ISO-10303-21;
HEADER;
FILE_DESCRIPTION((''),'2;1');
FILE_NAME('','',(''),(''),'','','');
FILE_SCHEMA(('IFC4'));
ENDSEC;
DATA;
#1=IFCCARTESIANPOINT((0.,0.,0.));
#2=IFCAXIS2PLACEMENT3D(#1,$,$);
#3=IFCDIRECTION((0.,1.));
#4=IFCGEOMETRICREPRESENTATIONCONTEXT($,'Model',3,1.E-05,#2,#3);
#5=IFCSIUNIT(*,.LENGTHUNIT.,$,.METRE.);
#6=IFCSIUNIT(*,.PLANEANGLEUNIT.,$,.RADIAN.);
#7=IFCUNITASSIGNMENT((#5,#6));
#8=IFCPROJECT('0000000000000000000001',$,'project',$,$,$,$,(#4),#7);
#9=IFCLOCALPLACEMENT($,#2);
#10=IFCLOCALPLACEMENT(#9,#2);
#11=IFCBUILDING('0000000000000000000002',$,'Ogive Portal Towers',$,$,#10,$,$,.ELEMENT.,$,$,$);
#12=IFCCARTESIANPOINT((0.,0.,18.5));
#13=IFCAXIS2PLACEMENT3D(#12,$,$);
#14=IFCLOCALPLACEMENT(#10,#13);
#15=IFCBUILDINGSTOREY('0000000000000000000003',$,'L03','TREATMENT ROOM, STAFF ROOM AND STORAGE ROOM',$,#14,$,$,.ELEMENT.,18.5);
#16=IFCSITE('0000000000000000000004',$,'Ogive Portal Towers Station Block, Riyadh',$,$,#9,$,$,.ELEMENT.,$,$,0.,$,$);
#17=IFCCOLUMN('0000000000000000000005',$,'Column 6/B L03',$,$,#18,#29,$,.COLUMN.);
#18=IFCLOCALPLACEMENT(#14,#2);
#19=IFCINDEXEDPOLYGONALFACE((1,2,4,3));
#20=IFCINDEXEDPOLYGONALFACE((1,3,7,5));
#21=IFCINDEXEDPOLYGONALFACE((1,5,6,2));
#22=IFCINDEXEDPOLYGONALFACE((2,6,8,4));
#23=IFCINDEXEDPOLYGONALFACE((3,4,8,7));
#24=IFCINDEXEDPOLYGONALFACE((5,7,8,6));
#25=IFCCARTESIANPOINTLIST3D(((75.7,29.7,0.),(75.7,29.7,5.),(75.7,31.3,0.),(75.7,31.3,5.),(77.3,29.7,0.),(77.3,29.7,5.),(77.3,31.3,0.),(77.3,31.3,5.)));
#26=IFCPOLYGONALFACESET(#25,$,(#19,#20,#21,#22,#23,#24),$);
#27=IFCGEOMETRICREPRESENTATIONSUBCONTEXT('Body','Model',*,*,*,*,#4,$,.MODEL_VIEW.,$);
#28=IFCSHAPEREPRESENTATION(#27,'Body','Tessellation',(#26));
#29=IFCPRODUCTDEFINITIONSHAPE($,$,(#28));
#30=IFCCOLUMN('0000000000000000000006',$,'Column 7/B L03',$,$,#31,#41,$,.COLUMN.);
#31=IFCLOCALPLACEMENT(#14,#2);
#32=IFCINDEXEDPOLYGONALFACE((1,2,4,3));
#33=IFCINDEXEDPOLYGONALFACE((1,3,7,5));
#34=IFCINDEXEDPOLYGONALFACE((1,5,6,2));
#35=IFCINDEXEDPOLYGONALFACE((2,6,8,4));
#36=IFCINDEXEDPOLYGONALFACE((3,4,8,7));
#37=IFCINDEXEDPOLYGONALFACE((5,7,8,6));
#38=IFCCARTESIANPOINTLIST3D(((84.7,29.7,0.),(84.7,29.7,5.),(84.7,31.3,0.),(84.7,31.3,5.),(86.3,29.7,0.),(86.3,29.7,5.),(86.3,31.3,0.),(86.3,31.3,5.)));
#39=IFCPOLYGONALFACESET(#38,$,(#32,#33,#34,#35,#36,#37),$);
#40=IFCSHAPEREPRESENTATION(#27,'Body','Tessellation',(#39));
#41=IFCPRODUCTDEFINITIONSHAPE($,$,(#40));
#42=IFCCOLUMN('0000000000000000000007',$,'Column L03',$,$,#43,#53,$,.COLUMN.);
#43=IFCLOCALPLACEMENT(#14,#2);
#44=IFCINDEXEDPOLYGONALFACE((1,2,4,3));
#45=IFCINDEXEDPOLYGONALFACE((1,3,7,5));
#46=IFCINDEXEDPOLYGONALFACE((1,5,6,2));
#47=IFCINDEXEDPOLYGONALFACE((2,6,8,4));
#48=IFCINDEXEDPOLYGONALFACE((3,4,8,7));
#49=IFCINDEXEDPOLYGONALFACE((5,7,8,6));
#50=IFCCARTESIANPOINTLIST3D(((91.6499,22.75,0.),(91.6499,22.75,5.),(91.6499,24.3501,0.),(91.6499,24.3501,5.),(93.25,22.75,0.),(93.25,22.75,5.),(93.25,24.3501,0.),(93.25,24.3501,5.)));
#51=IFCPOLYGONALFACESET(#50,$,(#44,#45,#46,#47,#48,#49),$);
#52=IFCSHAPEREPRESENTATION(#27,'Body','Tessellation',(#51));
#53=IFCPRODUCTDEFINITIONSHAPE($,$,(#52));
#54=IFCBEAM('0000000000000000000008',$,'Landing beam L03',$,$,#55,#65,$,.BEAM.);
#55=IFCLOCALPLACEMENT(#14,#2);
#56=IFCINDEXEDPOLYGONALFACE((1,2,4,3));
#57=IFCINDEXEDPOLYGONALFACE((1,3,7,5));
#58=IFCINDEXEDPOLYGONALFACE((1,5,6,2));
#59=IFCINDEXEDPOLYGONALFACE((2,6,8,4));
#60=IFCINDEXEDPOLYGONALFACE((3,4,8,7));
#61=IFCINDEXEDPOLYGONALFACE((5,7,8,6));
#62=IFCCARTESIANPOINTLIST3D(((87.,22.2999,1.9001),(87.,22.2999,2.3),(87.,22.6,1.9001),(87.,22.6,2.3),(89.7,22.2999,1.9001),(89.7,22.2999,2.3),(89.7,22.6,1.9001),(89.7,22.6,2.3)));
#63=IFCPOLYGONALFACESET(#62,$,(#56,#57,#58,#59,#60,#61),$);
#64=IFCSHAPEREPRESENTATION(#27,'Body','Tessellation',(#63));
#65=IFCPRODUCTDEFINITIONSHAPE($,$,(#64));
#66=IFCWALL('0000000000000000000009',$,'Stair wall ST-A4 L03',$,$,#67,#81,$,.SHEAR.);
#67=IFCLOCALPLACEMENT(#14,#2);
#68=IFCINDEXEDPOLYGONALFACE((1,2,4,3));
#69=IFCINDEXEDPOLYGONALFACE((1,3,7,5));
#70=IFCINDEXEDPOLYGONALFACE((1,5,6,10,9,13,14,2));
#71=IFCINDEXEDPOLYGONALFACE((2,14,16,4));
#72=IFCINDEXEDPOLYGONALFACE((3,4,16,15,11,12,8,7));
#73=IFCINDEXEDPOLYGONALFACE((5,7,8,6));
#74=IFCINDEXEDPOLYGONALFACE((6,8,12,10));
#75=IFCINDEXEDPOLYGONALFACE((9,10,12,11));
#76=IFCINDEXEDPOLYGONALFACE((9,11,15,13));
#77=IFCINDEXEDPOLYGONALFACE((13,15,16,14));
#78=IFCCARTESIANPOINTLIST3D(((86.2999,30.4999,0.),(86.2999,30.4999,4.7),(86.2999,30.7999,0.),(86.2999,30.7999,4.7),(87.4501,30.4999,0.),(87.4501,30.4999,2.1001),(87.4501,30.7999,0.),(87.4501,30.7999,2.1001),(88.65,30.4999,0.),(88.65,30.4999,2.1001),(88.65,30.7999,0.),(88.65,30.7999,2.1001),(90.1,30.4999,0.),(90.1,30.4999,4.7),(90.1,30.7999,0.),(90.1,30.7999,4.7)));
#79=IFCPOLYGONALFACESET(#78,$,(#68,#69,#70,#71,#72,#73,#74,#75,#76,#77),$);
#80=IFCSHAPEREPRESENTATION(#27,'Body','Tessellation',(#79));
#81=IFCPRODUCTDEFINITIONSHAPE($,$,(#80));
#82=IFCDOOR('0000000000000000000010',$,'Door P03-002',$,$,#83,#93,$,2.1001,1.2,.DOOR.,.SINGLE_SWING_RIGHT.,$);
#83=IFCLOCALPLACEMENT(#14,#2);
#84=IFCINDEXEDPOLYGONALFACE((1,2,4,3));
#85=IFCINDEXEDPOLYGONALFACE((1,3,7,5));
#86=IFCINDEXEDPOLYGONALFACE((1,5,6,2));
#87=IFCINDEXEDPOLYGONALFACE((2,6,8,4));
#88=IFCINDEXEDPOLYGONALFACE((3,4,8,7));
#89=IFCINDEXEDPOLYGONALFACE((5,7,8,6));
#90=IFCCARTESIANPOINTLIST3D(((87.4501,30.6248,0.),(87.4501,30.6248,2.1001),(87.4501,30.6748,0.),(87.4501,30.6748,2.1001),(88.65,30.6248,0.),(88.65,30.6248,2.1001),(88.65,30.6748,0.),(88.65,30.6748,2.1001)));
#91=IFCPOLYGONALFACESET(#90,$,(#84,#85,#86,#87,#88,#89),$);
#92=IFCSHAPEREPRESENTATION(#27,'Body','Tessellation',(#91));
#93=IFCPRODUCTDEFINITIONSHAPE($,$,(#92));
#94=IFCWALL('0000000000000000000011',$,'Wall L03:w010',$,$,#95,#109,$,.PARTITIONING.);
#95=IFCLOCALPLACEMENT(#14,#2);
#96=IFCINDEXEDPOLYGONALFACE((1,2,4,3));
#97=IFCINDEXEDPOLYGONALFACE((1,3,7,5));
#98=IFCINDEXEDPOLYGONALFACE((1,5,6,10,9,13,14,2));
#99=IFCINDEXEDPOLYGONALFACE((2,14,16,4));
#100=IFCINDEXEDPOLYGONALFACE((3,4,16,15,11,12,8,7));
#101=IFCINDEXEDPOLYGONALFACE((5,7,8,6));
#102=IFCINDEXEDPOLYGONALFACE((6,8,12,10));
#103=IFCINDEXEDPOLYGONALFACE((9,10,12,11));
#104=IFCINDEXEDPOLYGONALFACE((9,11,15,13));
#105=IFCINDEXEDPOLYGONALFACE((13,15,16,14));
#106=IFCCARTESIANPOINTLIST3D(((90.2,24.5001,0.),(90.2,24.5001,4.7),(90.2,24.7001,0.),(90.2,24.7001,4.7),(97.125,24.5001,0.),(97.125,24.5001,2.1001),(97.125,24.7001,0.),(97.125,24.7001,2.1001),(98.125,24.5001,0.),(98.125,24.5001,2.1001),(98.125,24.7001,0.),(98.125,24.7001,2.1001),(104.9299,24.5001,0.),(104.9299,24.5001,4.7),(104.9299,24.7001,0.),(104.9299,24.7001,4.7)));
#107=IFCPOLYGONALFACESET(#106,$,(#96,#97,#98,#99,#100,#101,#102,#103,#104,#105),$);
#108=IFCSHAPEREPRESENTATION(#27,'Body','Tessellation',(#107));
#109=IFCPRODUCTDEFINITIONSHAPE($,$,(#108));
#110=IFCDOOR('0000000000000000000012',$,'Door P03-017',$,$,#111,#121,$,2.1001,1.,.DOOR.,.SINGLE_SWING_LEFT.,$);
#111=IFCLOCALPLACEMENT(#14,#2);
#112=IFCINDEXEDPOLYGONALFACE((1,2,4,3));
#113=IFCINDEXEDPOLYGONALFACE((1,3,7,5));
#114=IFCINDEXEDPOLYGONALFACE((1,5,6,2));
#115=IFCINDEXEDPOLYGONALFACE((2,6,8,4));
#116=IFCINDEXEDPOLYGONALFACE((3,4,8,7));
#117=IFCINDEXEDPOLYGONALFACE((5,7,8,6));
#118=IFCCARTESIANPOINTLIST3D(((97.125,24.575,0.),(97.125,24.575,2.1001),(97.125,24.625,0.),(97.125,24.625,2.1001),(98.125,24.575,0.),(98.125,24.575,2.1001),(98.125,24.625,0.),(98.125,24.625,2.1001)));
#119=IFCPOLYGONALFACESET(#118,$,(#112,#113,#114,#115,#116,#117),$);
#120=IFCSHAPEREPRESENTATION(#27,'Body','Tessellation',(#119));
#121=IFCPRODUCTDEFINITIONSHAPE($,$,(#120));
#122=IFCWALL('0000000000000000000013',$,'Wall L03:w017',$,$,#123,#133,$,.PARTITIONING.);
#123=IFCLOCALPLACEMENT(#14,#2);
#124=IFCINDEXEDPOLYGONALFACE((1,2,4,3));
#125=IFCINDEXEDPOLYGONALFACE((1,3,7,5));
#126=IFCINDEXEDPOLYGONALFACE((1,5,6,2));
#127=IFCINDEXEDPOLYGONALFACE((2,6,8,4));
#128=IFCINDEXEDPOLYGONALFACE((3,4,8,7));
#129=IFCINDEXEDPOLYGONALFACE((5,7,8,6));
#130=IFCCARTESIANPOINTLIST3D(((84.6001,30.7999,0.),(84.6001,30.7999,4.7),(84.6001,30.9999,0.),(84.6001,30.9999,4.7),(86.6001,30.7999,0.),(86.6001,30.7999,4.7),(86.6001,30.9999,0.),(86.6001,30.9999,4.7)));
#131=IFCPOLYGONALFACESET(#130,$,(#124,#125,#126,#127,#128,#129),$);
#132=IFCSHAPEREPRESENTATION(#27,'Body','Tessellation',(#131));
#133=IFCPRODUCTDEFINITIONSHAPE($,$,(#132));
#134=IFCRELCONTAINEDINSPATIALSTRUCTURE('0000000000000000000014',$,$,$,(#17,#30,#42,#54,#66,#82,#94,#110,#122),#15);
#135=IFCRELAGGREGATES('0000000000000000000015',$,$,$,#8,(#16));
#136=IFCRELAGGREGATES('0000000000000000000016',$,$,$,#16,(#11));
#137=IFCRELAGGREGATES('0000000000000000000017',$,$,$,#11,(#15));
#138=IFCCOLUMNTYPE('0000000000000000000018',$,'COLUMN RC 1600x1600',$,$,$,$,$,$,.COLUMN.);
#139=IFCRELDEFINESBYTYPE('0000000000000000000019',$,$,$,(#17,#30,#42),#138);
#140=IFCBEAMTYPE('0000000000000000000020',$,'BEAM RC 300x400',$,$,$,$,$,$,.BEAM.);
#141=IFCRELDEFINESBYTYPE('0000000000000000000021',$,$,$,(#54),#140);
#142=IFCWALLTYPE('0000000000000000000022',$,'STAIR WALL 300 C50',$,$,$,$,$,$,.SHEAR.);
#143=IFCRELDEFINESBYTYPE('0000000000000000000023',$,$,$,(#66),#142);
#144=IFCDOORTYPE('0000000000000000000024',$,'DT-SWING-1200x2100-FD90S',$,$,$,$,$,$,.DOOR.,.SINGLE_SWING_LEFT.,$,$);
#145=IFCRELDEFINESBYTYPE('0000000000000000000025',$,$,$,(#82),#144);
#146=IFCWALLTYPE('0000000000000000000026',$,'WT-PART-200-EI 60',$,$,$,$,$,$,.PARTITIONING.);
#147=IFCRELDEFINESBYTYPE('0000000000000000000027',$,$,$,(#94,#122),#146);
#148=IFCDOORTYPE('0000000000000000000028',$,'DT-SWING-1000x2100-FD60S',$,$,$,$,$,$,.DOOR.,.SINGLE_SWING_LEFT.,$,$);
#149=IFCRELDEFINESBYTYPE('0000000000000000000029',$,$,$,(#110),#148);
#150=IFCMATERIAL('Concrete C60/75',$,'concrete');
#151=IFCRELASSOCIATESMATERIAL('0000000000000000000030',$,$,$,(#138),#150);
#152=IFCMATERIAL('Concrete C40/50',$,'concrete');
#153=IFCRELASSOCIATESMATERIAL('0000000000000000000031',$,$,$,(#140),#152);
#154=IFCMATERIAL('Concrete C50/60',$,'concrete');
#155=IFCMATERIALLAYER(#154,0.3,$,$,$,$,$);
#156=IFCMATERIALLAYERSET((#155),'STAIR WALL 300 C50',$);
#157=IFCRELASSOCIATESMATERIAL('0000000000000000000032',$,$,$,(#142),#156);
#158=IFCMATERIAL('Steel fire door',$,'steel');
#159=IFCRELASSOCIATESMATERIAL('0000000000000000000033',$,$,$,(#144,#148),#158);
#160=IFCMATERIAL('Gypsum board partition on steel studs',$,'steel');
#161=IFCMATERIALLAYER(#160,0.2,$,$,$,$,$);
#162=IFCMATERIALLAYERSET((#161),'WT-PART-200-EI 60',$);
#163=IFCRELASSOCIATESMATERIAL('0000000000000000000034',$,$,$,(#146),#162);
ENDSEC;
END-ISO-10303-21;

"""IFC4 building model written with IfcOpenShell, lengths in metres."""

from ifc_helpers import new_model, si_unit, direction, frame, frame_2d, origin, origin_2d, place, context, subcontext, project, spatial, rectangle, extrude, material, layer, layer_set, material_profile, profile_set, type_object, element, fill, save


model = new_model("IFC4")

# Units and contexts
model_context = context("Model", 3, precision=1e-05, world=origin(), true_north=direction((0.0, 1.0)))
body_context = subcontext(model_context, "Body", "Model", "MODEL_VIEW")
ifc_project = project(units=[si_unit("LENGTHUNIT", "METRE"), si_unit("PLANEANGLEUNIT", "RADIAN")], contexts=[model_context])

# Site, building, storey
site_placement = place(None, origin())
site = spatial("IfcSite", under=ifc_project, at=site_placement, Name="Ogive Portal Towers Station Block, Riyadh", CompositionType="ELEMENT", RefElevation=0.0)
building_placement = place(site_placement, origin())
building = spatial("IfcBuilding", under=site, at=building_placement, Name="Ogive Portal Towers", CompositionType="ELEMENT")
storey_placement = place(building_placement, frame((0.0, 0.0, 18.5)))
storey = spatial("IfcBuildingStorey", under=building, at=storey_placement, Name="L03", Description="TREATMENT ROOM, STAFF ROOM AND STORAGE ROOM", CompositionType="ELEMENT", Elevation=18.5)

# Columns
ifc_material_1 = material(Name="Concrete C60/75", Category="concrete")
ifc_material_profile_1 = material_profile(ifc_material_1, rectangle(XDim=1.6001, YDim=1.6001, at=origin_2d()), Name="RC 1600x1600")
ifc_profile_set_1 = profile_set([ifc_material_profile_1], Name="Concrete C60/75")
column_type = type_object("IfcColumnType", Name="COLUMN RC 1600x1600", PredefinedType="COLUMN", material=ifc_profile_set_1)
for number, where, z_axis, x_axis, name in (
    (1, (76.5, 30.5, 0.0), (0.0, 0.0, 1.0), (1.0, 0.0, 0.0), "Column 6/B L03"),
    (2, (85.5, 30.5, 0.0), (0.0, 0.0, 1.0), (1.0, 0.0, 0.0), "Column 7/B L03"),
    (3, (92.45, 23.55, 0.0), (0.0, 0.0, 1.0), (1.0, 0.0, 0.0), "Column L03"),
):
    element("IfcColumn", number, at=place(storey_placement, frame(where, z_axis=z_axis, x_axis=x_axis)), inside=storey, type_object=column_type, Name=name, PredefinedType="COLUMN", context=body_context, shape_type="SweptSolid", body=[
        extrude(rectangle(XDim=1.6001, YDim=1.6001, at=origin_2d()), origin(), (0.0, 0.0, 1.0), 5.0),
    ])

# Beam
ifc_material_2 = material(Name="Concrete C40/50", Category="concrete")
ifc_material_profile_2 = material_profile(ifc_material_2, rectangle(XDim=0.3, YDim=0.3999, at=origin_2d()), Name="RC 300x400")
ifc_profile_set_2 = profile_set([ifc_material_profile_2], Name="Concrete C40/50")
beam_type = type_object("IfcBeamType", Name="BEAM RC 300x400", PredefinedType="BEAM", material=ifc_profile_set_2)
beam_placement = place(storey_placement, frame((87.0, 22.45, 2.1001), z_axis=(1.0, 0.0, 0.0), x_axis=(0.0, 1.0, 0.0)))
element("IfcBeam", 4, at=beam_placement, inside=storey, type_object=beam_type, Name="Landing beam L03", PredefinedType="BEAM", context=body_context, shape_type="SweptSolid", body=[
    extrude(rectangle(XDim=0.3, YDim=0.3999, at=origin_2d()), origin(), (0.0, 0.0, 1.0), 2.7),
])

# Walls, openings, doors
ifc_material_3 = material(Name="Concrete C50/60", Category="concrete")
ifc_layer_1 = layer(ifc_material_3, 0.3)
ifc_layer_set_1 = layer_set([ifc_layer_1], Name="STAIR WALL 300 C50")
wall_type_1 = type_object("IfcWallType", Name="STAIR WALL 300 C50", PredefinedType="SHEAR", material=ifc_layer_set_1)
wall_1_placement = place(storey_placement, frame((86.3, 30.6499, 0.0), z_axis=(0.0, 0.0, 1.0), x_axis=(1.0, 0.0, 0.0)))
wall_1 = element("IfcWall", 5, at=wall_1_placement, inside=storey, type_object=wall_type_1, Name="Stair wall ST-A4 L03", PredefinedType="SHEAR", context=body_context, shape_type="SweptSolid", body=[
    extrude(rectangle(XDim=3.8, YDim=0.3, at=frame_2d((1.8999, 0.0))), origin(), (0.0, 0.0, 1.0), 4.7),
])
opening_1_placement = place(wall_1_placement, frame((1.1499, 0.0, 0.0)))
opening_1 = element("IfcOpeningElement", 6, at=opening_1_placement, cuts=wall_1, PredefinedType="OPENING", context=body_context, shape_type="SweptSolid", body=[
    extrude(rectangle(XDim=1.2, YDim=2.1001, at=frame_2d((0.6001, 1.05))), frame((0.0, 0.1602, 0.0), z_axis=(0.0, -1.0, 0.0), x_axis=(1.0, 0.0, 0.0)), (0.0, 0.0, 1.0), 0.3201),
])
ifc_material_4 = material(Name="Steel fire door", Category="steel")
door_type_1 = type_object("IfcDoorType", Name="DT-SWING-1200x2100-FD90S", OperationType="SINGLE_SWING_LEFT", PredefinedType="DOOR", material=ifc_material_4)
door_1_placement = place(opening_1_placement, origin())
door_1 = element("IfcDoor", 7, at=door_1_placement, inside=storey, type_object=door_type_1, Name="Door P03-002", OperationType="SINGLE_SWING_RIGHT", OverallHeight=2.1001, OverallWidth=1.2, PredefinedType="DOOR", context=body_context, shape_type="SweptSolid", body=[
    extrude(rectangle(XDim=1.2, YDim=2.1001, at=frame_2d((0.6001, 1.05))), frame((0.0, 0.0249, 0.0), z_axis=(0.0, -1.0, 0.0), x_axis=(1.0, 0.0, 0.0)), (0.0, 0.0, 1.0), 0.05),
])
fill(opening_1, door_1)
ifc_material_5 = material(Name="Gypsum board partition on steel studs", Category="steel")
ifc_layer_2 = layer(ifc_material_5, 0.2)
ifc_layer_set_2 = layer_set([ifc_layer_2], Name="WT-PART-200-EI 60")
wall_type_2 = type_object("IfcWallType", Name="WT-PART-200-EI 60", PredefinedType="PARTITIONING", material=ifc_layer_set_2)
wall_2_placement = place(storey_placement, frame((90.2, 24.6001, 0.0), z_axis=(0.0, 0.0, 1.0), x_axis=(1.0, 0.0, 0.0)))
wall_2 = element("IfcWall", 8, at=wall_2_placement, inside=storey, type_object=wall_type_2, Name="Wall L03:w010", PredefinedType="PARTITIONING", context=body_context, shape_type="SweptSolid", body=[
    extrude(rectangle(XDim=14.73, YDim=0.2, at=frame_2d((7.365, 0.0))), origin(), (0.0, 0.0, 1.0), 4.7),
])
opening_2_placement = place(wall_2_placement, frame((6.925, 0.0, 0.0)))
opening_2 = element("IfcOpeningElement", 9, at=opening_2_placement, cuts=wall_2, PredefinedType="OPENING", context=body_context, shape_type="SweptSolid", body=[
    extrude(rectangle(XDim=1.0, YDim=2.1001, at=frame_2d((0.5, 1.05))), frame((0.0, 0.1099, 0.0), z_axis=(0.0, -1.0, 0.0), x_axis=(1.0, 0.0, 0.0)), (0.0, 0.0, 1.0), 0.22),
])
door_type_2 = type_object("IfcDoorType", Name="DT-SWING-1000x2100-FD60S", OperationType="SINGLE_SWING_LEFT", PredefinedType="DOOR", material=ifc_material_4)
door_2_placement = place(opening_2_placement, origin())
door_2 = element("IfcDoor", 10, at=door_2_placement, inside=storey, type_object=door_type_2, Name="Door P03-017", OperationType="SINGLE_SWING_LEFT", OverallHeight=2.1001, OverallWidth=1.0, PredefinedType="DOOR", context=body_context, shape_type="SweptSolid", body=[
    extrude(rectangle(XDim=1.0, YDim=2.1001, at=frame_2d((0.5, 1.05))), frame((0.0, 0.0249, 0.0), z_axis=(0.0, -1.0, 0.0), x_axis=(1.0, 0.0, 0.0)), (0.0, 0.0, 1.0), 0.05),
])
fill(opening_2, door_2)

# Wall
wall_3_placement = place(storey_placement, frame((84.6001, 30.8999, 0.0), z_axis=(0.0, 0.0, 1.0), x_axis=(1.0, 0.0, 0.0)))
element("IfcWall", 11, at=wall_3_placement, inside=storey, type_object=wall_type_2, Name="Wall L03:w017", PredefinedType="PARTITIONING", context=body_context, shape_type="SweptSolid", body=[
    extrude(rectangle(XDim=2.0, YDim=0.2, at=frame_2d((1.0, 0.0))), origin(), (0.0, 0.0, 1.0), 4.7),
])

save(model, "model.ifc")
